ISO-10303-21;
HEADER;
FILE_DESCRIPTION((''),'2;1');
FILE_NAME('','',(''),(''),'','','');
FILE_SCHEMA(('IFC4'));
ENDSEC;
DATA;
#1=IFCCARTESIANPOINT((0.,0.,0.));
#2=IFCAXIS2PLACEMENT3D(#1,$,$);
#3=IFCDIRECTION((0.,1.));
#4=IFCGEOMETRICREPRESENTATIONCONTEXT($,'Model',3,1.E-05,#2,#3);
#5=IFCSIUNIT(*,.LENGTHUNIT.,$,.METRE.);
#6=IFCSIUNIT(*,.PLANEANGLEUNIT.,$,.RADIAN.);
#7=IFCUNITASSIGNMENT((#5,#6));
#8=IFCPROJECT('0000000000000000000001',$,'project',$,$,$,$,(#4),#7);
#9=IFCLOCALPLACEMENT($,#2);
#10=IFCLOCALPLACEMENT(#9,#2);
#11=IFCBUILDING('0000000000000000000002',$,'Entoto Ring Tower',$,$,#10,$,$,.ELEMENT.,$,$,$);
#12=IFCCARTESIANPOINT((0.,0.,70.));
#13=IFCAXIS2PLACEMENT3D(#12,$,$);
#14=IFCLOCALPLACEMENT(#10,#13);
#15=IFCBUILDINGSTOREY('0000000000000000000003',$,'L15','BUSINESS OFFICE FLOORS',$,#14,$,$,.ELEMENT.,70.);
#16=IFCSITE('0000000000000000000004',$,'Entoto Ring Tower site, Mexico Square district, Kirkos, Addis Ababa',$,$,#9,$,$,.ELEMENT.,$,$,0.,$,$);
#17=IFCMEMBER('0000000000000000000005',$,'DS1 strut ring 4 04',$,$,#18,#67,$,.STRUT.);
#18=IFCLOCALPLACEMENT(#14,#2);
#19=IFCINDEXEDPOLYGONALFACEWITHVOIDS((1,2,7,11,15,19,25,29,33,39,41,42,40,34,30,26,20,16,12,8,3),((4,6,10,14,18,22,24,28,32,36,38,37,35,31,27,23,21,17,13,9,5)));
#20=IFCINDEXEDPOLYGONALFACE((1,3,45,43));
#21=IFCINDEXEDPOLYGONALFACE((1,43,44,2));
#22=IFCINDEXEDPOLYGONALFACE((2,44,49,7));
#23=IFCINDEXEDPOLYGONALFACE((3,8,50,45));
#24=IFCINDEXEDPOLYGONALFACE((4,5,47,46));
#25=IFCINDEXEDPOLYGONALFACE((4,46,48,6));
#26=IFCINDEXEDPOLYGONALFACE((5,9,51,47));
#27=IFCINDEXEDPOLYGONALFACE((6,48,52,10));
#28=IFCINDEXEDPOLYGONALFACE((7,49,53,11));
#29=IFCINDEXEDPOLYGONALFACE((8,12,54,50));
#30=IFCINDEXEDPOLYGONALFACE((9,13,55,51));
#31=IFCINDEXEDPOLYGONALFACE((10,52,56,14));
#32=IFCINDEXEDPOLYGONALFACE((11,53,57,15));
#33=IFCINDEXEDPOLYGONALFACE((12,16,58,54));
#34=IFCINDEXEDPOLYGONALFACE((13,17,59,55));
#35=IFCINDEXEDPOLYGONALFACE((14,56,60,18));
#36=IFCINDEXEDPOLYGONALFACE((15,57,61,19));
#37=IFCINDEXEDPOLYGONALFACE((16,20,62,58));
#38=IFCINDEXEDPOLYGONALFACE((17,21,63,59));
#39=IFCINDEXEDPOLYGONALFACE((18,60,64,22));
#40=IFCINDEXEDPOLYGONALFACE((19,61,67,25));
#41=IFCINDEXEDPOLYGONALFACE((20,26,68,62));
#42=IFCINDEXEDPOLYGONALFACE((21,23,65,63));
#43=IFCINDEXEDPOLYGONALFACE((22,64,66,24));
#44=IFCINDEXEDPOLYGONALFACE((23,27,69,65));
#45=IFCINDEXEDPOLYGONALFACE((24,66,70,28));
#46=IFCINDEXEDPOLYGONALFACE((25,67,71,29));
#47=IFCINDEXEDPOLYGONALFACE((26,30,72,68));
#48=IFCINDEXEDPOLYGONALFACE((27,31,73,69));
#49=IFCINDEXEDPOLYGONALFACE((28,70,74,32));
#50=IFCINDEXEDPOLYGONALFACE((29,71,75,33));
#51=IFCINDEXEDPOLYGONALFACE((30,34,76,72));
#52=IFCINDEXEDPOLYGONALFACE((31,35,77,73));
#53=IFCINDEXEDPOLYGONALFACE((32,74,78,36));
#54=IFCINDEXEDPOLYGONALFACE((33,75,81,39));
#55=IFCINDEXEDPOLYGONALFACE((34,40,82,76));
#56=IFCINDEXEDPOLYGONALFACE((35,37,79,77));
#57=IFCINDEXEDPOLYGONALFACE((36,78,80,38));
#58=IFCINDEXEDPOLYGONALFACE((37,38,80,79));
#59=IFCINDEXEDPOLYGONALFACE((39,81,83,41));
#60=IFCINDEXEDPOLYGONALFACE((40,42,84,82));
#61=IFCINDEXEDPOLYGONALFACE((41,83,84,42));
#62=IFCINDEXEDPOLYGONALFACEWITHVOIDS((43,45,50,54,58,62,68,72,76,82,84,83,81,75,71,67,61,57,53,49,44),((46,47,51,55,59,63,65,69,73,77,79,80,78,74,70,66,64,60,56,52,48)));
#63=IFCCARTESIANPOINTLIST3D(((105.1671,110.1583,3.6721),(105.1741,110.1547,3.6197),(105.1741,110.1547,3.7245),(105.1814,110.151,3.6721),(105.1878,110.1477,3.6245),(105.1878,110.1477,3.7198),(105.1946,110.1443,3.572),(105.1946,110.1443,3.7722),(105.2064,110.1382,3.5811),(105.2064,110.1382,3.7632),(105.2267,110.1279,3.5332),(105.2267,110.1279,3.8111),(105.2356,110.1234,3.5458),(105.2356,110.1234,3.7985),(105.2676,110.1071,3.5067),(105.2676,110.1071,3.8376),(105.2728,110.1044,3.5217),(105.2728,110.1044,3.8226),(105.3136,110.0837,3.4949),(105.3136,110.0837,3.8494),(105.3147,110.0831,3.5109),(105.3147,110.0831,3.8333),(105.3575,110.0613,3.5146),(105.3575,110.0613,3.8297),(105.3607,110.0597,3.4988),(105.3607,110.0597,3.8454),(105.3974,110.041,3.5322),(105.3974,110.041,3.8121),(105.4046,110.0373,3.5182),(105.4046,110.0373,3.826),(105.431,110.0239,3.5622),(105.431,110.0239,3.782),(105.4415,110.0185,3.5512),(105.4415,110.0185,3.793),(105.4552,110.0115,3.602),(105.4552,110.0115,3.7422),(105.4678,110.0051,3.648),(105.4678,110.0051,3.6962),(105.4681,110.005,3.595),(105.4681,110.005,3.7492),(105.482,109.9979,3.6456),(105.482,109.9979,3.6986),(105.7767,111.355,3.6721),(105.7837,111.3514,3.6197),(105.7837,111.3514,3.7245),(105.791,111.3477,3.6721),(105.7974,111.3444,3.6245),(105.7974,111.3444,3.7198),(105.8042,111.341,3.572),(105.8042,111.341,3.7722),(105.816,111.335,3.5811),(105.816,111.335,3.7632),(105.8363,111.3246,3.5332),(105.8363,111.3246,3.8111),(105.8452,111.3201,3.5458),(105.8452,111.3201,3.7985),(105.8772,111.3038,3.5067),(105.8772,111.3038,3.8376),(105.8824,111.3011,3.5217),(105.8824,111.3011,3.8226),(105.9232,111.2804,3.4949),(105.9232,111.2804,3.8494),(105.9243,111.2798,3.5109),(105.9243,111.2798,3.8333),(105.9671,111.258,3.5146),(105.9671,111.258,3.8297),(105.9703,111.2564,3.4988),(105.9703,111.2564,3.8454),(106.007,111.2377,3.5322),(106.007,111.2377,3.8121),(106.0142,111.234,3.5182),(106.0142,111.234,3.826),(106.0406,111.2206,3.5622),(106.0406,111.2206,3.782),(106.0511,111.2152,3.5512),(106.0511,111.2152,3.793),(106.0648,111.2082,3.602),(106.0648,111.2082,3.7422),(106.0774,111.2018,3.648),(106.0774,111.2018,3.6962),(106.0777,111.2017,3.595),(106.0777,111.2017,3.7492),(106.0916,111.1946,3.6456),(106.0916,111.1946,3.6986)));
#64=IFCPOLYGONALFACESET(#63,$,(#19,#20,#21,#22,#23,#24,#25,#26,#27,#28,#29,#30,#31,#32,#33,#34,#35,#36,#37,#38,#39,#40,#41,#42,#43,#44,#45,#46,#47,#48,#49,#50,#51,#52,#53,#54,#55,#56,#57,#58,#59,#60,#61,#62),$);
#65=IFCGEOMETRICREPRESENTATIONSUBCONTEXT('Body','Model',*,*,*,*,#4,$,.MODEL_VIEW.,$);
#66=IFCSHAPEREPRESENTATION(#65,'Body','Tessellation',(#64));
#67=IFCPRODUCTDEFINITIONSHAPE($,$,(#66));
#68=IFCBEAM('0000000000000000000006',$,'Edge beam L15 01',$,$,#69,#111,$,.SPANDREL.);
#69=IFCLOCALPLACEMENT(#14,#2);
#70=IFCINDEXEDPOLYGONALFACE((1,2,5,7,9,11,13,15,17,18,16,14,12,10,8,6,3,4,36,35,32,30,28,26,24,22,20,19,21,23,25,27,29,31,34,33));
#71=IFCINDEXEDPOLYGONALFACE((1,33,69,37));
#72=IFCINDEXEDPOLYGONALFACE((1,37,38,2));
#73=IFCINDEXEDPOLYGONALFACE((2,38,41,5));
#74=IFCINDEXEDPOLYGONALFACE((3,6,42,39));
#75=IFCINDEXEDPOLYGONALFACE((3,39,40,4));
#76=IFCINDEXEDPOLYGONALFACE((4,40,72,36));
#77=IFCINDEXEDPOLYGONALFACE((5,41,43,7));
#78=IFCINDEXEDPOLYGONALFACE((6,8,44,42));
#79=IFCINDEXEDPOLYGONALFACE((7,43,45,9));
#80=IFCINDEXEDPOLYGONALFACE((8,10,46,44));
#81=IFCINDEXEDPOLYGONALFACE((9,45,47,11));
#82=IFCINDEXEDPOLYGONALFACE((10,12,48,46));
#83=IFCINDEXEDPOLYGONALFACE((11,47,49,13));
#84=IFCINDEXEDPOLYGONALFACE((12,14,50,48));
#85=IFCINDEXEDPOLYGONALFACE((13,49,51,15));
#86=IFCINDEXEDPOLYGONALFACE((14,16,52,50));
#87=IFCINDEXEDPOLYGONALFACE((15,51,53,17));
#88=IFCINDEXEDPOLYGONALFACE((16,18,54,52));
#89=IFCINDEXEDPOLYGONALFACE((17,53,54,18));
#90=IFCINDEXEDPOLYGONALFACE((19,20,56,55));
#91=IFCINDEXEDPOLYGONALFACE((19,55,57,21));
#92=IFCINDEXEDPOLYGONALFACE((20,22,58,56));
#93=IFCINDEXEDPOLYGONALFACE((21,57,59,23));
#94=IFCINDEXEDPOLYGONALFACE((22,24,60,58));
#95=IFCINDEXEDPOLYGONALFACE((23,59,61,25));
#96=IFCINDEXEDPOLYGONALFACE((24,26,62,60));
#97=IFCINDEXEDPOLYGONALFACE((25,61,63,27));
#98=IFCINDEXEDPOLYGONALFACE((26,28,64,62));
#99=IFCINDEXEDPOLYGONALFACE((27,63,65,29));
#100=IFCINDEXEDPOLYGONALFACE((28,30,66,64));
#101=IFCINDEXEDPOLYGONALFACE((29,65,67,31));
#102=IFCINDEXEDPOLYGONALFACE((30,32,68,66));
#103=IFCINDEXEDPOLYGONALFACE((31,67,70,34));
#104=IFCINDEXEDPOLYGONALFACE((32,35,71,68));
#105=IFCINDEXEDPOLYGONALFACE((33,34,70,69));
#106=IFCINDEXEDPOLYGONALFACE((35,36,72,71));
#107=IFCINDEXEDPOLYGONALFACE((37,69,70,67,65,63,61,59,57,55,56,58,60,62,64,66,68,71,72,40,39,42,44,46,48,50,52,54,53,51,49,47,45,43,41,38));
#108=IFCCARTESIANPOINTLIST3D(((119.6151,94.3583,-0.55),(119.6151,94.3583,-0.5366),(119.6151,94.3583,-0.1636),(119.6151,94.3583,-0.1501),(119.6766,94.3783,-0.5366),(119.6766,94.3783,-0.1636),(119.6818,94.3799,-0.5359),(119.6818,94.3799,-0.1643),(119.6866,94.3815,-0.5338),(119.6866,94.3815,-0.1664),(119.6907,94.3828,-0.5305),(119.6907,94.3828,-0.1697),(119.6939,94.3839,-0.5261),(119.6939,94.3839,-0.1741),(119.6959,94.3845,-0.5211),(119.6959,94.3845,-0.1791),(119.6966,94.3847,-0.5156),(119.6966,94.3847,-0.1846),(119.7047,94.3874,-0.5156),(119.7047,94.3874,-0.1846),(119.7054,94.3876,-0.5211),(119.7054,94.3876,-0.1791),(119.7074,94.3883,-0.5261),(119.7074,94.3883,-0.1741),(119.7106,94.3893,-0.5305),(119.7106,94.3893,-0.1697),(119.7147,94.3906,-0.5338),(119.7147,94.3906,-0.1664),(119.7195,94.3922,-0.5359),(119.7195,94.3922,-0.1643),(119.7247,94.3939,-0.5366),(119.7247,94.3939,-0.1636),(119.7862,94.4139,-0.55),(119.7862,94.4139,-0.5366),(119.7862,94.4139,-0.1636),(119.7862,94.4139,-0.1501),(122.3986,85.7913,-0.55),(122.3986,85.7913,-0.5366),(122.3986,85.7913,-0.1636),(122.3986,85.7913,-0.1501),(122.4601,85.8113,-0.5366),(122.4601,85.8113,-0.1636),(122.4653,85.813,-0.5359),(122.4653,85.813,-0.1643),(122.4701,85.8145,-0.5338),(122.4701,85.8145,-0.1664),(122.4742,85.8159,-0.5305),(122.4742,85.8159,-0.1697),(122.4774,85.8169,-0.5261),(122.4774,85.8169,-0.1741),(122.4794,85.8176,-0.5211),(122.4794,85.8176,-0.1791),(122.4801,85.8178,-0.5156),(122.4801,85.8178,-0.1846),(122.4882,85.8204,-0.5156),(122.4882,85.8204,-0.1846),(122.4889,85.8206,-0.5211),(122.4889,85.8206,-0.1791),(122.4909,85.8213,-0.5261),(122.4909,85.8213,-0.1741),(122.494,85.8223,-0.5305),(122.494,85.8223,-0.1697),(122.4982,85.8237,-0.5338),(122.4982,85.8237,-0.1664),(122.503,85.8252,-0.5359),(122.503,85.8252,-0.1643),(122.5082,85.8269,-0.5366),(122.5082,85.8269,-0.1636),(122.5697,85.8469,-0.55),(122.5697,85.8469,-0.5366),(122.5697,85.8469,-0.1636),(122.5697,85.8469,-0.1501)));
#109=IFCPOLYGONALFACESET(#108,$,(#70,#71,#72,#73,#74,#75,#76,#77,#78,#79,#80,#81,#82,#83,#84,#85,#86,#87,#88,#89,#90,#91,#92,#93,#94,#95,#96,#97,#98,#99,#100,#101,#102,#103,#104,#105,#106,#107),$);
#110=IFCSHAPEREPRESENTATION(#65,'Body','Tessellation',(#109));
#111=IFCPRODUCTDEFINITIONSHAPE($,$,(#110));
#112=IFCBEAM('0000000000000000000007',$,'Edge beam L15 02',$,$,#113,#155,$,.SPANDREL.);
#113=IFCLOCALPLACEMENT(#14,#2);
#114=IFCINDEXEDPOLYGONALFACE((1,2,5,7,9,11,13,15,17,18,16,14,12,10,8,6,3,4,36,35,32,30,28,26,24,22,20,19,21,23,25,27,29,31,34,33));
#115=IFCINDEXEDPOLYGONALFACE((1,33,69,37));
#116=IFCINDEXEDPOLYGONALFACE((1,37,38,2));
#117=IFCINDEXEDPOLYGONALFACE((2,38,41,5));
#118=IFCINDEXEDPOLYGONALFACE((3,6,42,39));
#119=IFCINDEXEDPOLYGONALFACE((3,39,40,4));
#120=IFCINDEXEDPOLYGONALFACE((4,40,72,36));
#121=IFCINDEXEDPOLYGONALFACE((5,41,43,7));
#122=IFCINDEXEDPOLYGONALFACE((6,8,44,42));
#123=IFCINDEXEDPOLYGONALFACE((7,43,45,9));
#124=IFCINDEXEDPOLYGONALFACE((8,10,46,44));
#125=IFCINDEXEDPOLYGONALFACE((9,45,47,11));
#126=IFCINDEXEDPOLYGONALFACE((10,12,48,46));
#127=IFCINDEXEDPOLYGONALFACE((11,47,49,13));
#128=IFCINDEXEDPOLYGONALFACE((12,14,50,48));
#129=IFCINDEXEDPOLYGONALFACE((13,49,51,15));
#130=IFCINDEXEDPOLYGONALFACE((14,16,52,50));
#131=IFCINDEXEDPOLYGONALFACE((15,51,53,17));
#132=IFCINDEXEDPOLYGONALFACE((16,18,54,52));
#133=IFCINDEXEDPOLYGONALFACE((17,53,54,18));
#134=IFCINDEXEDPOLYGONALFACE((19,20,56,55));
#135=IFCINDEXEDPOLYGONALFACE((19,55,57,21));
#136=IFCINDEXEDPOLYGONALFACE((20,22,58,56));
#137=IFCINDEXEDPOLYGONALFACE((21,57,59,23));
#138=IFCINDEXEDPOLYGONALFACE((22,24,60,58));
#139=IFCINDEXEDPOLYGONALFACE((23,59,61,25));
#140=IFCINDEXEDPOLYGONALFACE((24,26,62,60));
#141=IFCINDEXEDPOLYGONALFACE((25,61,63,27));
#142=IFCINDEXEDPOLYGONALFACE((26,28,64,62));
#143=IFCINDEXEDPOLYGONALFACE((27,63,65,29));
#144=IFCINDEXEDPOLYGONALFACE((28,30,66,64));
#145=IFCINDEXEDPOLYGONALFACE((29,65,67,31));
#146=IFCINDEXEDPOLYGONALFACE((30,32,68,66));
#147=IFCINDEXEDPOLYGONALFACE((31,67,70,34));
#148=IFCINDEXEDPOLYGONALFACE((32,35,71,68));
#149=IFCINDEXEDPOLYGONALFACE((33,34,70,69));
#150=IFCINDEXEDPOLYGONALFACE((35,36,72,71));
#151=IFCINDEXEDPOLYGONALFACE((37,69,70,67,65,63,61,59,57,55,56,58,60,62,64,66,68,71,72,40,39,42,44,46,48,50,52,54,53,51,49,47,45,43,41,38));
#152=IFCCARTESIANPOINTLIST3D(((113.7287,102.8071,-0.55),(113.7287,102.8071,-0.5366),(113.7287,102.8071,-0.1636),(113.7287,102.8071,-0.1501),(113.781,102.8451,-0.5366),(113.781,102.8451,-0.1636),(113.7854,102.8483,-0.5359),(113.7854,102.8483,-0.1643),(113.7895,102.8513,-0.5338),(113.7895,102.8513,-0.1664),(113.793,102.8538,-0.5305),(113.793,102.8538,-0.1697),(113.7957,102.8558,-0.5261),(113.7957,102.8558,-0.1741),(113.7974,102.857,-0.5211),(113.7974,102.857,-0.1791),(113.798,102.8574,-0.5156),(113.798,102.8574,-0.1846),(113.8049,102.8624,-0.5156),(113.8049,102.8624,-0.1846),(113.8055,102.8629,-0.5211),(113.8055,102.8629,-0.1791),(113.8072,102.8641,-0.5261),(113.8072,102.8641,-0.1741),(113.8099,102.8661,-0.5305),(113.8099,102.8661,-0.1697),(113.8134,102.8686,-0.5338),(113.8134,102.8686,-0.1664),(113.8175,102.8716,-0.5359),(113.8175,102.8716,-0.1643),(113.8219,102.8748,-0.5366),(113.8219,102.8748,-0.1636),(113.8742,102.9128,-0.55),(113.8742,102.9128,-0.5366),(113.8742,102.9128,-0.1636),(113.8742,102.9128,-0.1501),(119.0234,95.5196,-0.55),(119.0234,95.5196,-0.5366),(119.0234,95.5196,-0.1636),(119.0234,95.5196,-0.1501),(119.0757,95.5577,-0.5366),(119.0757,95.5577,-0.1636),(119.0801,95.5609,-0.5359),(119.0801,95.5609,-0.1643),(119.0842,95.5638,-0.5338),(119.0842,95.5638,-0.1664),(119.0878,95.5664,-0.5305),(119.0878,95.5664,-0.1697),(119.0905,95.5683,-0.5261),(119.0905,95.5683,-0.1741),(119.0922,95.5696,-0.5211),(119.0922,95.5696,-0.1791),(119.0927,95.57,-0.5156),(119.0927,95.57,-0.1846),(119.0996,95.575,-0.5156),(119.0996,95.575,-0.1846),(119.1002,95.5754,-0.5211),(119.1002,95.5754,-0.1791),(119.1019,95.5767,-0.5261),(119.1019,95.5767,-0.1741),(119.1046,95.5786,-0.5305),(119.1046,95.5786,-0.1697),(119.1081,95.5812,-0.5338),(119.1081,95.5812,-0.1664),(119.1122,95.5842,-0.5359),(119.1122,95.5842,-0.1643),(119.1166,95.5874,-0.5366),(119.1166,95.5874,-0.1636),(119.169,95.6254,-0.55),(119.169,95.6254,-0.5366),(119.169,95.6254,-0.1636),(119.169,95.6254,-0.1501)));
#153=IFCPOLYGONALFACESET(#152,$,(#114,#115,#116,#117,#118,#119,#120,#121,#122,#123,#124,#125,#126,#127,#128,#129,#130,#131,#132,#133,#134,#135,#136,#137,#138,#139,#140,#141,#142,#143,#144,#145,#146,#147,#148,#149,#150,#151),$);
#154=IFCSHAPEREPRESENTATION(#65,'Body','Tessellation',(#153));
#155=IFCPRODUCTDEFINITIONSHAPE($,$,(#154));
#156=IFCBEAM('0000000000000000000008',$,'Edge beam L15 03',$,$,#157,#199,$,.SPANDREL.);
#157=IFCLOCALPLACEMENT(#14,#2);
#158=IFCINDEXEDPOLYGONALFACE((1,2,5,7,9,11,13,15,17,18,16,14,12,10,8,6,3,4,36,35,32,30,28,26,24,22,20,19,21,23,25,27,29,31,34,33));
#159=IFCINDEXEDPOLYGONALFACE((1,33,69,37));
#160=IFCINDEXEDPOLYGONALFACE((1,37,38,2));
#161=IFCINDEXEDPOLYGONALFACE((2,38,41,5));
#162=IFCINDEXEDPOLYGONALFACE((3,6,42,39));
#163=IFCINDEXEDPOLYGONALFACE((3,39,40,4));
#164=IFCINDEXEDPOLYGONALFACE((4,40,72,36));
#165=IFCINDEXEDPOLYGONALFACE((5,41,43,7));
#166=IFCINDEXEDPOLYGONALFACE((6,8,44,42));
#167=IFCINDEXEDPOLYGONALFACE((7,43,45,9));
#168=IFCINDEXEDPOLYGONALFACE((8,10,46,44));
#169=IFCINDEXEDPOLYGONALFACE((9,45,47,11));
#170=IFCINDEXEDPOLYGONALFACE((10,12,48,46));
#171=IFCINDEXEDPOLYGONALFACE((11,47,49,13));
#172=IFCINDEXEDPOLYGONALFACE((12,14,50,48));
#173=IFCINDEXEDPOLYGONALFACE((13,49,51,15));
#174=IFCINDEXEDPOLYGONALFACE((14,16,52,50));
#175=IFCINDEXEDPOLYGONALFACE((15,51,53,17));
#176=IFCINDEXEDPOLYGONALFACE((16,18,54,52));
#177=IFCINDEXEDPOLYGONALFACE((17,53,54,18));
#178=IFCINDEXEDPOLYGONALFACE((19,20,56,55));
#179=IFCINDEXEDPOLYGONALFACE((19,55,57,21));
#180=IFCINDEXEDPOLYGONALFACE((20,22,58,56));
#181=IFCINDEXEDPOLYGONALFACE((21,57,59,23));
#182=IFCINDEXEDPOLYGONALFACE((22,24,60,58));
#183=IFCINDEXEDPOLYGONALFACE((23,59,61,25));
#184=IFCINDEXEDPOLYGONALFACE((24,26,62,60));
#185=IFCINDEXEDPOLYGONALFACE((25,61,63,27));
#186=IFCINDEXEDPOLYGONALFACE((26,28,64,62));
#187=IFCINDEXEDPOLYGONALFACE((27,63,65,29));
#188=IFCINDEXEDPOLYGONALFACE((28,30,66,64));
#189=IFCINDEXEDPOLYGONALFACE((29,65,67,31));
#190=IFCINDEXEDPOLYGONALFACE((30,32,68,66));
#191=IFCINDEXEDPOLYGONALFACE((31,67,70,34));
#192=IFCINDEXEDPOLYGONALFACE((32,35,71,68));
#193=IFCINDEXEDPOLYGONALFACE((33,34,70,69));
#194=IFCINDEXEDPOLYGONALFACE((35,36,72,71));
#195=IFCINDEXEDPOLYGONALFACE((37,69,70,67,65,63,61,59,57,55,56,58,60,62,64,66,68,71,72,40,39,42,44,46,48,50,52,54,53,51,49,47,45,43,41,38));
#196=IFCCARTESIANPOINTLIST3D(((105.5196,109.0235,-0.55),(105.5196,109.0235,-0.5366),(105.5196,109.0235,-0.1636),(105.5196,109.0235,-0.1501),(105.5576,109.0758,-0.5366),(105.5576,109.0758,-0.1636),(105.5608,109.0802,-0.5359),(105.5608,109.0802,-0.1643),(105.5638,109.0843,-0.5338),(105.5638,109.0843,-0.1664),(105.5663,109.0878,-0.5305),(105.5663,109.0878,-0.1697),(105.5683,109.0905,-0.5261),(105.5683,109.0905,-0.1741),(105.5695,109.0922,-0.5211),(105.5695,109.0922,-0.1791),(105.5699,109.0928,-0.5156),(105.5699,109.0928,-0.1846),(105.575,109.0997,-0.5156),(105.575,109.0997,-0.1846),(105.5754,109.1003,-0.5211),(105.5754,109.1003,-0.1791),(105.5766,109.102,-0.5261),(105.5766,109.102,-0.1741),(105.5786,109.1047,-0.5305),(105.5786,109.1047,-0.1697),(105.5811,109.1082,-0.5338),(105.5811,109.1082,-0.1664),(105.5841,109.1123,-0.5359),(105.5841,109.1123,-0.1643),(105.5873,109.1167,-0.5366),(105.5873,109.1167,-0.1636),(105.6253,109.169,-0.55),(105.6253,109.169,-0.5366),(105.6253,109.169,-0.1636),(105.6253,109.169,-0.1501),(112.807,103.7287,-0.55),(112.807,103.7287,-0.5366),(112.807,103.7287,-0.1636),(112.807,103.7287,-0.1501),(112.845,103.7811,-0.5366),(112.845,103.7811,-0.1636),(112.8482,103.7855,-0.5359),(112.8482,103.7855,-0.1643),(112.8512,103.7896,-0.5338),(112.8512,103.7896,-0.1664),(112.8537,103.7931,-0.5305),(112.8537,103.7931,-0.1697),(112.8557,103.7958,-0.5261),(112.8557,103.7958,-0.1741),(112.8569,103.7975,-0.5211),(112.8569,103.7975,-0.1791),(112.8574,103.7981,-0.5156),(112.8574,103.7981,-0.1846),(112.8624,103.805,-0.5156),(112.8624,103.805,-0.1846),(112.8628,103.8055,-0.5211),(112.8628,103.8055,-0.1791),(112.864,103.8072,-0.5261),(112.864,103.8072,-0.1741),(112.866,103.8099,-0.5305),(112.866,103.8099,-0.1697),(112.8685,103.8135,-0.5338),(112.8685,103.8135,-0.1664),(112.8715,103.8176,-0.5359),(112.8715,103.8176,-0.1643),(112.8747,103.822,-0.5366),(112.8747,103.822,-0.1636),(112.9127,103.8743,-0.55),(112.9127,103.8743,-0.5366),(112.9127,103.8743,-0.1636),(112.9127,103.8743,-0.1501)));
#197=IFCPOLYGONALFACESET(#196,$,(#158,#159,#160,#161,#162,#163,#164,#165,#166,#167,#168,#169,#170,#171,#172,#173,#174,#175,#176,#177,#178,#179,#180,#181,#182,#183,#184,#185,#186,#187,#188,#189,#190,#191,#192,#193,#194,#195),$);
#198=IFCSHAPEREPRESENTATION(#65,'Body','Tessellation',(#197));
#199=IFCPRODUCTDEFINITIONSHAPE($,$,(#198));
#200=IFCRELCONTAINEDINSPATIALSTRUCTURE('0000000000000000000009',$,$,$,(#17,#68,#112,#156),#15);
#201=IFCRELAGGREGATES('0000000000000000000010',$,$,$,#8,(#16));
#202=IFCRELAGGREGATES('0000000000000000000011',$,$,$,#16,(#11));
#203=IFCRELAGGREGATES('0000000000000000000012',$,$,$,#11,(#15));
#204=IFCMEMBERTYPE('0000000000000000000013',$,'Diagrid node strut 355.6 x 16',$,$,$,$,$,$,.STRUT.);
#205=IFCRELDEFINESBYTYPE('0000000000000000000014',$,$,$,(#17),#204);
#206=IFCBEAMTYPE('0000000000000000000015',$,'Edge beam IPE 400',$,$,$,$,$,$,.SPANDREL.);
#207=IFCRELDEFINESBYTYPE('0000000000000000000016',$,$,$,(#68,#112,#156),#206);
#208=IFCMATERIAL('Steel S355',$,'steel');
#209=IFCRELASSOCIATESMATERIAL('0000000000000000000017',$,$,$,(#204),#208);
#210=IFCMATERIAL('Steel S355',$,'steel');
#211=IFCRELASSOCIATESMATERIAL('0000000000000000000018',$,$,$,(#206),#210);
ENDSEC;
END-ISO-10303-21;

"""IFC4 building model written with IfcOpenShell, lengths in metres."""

from ifc_helpers import new_model, si_unit, direction, frame, origin, origin_2d, place, context, subcontext, project, spatial, circle, hollow_circle, i_section, extrude, material, material_profile, profile_set, type_object, element, save


model = new_model("IFC4")

# Units and contexts
model_context = context("Model", 3, precision=1e-05, world=origin(), true_north=direction((0.0, 1.0)))
body_context = subcontext(model_context, "Body", "Model", "MODEL_VIEW")
ifc_project = project(units=[si_unit("LENGTHUNIT", "METRE"), si_unit("PLANEANGLEUNIT", "RADIAN")], contexts=[model_context])

# Site, building, storey
site_placement = place(None, origin())
site = spatial("IfcSite", under=ifc_project, at=site_placement, Name="Entoto Ring Tower site, Mexico Square district, Kirkos, Addis Ababa", CompositionType="ELEMENT", RefElevation=0.0)
building_placement = place(site_placement, origin())
building = spatial("IfcBuilding", under=site, at=building_placement, Name="Entoto Ring Tower", CompositionType="ELEMENT")
storey_placement = place(building_placement, frame((0.0, 0.0, 70.0)))
storey = spatial("IfcBuildingStorey", under=building, at=storey_placement, Name="L15", Description="BUSINESS OFFICE FLOORS", CompositionType="ELEMENT", Elevation=70.0)

# Member
ifc_material_1 = material(Name="Steel S355", Category="steel")
ifc_material_profile_1 = material_profile(ifc_material_1, hollow_circle(Radius=0.1777, WallThickness=0.0161, at=origin_2d()), Name="CHS 355.6 x 16")
ifc_material_2 = material(Name="Concrete C60/75", Category="concrete")
ifc_material_profile_2 = material_profile(ifc_material_2, circle(Radius=0.1619, at=origin_2d()), Name="Concrete C60/75 infill")
ifc_profile_set_1 = profile_set([ifc_material_profile_1, ifc_material_profile_2], Name="Steel S355")
member_type = type_object("IfcMemberType", Name="Diagrid node strut 355.6 x 16", PredefinedType="STRUT", material=ifc_profile_set_1)
member_1_placement = place(storey_placement, frame((105.3254, 110.0776, 3.6721), z_axis=(0.45389, 0.891058, 0.0), x_axis=(-0.891058, 0.45389, 0.0)))
element("IfcMember", 1, at=member_1_placement, inside=storey, type_object=member_type, Name="DS1 strut ring 4 04", PredefinedType="STRUT", context=body_context, shape_type="SweptSolid", body=[
    extrude(hollow_circle(Radius=0.1777, WallThickness=0.0161, at=origin_2d()), origin(), (0.0, 0.0, 1.0), 1.343),
])

# Beams
ifc_material_3 = material(Name="Steel S355", Category="steel")
ifc_material_profile_3 = material_profile(ifc_material_3, i_section(OverallWidth=0.1799, OverallDepth=0.3999, WebThickness=0.0085, FlangeThickness=0.0134, FilletRadius=0.021, at=origin_2d()), Name="IPE 400")
ifc_profile_set_2 = profile_set([ifc_material_profile_3], Name="Steel S355")
beam_type_1 = type_object("IfcBeamType", Name="Edge beam IPE 400", PredefinedType="SPANDREL", material=ifc_profile_set_2)
for number, where, z_axis, x_axis, name in (
    (2, (122.4841, 85.8191, -0.3501), (-0.309006, 0.95106, 0.0), (-0.95106, -0.309006, 0.0), "Edge beam L15 01"),
    (3, (119.0962, 95.5725, -0.3501), (-0.587793, 0.809011, 0.0), (-0.809011, -0.587793, 0.0), "Edge beam L15 02"),
    (4, (112.8599, 103.8015, -0.3501), (-0.809011, 0.587793, 0.0), (-0.587793, -0.809011, 0.0), "Edge beam L15 03"),
):
    element("IfcBeam", number, at=place(storey_placement, frame(where, z_axis=z_axis, x_axis=x_axis)), inside=storey, type_object=beam_type_1, Name=name, PredefinedType="SPANDREL", context=body_context, shape_type="SweptSolid", body=[
        extrude(i_section(OverallWidth=0.1799, OverallDepth=0.3999, WebThickness=0.0085, FlangeThickness=0.0134, FilletRadius=0.021, at=origin_2d()), origin(), (0.0, 0.0, 1.0), 9.0078),
    ])

save(model, "model.ifc")
